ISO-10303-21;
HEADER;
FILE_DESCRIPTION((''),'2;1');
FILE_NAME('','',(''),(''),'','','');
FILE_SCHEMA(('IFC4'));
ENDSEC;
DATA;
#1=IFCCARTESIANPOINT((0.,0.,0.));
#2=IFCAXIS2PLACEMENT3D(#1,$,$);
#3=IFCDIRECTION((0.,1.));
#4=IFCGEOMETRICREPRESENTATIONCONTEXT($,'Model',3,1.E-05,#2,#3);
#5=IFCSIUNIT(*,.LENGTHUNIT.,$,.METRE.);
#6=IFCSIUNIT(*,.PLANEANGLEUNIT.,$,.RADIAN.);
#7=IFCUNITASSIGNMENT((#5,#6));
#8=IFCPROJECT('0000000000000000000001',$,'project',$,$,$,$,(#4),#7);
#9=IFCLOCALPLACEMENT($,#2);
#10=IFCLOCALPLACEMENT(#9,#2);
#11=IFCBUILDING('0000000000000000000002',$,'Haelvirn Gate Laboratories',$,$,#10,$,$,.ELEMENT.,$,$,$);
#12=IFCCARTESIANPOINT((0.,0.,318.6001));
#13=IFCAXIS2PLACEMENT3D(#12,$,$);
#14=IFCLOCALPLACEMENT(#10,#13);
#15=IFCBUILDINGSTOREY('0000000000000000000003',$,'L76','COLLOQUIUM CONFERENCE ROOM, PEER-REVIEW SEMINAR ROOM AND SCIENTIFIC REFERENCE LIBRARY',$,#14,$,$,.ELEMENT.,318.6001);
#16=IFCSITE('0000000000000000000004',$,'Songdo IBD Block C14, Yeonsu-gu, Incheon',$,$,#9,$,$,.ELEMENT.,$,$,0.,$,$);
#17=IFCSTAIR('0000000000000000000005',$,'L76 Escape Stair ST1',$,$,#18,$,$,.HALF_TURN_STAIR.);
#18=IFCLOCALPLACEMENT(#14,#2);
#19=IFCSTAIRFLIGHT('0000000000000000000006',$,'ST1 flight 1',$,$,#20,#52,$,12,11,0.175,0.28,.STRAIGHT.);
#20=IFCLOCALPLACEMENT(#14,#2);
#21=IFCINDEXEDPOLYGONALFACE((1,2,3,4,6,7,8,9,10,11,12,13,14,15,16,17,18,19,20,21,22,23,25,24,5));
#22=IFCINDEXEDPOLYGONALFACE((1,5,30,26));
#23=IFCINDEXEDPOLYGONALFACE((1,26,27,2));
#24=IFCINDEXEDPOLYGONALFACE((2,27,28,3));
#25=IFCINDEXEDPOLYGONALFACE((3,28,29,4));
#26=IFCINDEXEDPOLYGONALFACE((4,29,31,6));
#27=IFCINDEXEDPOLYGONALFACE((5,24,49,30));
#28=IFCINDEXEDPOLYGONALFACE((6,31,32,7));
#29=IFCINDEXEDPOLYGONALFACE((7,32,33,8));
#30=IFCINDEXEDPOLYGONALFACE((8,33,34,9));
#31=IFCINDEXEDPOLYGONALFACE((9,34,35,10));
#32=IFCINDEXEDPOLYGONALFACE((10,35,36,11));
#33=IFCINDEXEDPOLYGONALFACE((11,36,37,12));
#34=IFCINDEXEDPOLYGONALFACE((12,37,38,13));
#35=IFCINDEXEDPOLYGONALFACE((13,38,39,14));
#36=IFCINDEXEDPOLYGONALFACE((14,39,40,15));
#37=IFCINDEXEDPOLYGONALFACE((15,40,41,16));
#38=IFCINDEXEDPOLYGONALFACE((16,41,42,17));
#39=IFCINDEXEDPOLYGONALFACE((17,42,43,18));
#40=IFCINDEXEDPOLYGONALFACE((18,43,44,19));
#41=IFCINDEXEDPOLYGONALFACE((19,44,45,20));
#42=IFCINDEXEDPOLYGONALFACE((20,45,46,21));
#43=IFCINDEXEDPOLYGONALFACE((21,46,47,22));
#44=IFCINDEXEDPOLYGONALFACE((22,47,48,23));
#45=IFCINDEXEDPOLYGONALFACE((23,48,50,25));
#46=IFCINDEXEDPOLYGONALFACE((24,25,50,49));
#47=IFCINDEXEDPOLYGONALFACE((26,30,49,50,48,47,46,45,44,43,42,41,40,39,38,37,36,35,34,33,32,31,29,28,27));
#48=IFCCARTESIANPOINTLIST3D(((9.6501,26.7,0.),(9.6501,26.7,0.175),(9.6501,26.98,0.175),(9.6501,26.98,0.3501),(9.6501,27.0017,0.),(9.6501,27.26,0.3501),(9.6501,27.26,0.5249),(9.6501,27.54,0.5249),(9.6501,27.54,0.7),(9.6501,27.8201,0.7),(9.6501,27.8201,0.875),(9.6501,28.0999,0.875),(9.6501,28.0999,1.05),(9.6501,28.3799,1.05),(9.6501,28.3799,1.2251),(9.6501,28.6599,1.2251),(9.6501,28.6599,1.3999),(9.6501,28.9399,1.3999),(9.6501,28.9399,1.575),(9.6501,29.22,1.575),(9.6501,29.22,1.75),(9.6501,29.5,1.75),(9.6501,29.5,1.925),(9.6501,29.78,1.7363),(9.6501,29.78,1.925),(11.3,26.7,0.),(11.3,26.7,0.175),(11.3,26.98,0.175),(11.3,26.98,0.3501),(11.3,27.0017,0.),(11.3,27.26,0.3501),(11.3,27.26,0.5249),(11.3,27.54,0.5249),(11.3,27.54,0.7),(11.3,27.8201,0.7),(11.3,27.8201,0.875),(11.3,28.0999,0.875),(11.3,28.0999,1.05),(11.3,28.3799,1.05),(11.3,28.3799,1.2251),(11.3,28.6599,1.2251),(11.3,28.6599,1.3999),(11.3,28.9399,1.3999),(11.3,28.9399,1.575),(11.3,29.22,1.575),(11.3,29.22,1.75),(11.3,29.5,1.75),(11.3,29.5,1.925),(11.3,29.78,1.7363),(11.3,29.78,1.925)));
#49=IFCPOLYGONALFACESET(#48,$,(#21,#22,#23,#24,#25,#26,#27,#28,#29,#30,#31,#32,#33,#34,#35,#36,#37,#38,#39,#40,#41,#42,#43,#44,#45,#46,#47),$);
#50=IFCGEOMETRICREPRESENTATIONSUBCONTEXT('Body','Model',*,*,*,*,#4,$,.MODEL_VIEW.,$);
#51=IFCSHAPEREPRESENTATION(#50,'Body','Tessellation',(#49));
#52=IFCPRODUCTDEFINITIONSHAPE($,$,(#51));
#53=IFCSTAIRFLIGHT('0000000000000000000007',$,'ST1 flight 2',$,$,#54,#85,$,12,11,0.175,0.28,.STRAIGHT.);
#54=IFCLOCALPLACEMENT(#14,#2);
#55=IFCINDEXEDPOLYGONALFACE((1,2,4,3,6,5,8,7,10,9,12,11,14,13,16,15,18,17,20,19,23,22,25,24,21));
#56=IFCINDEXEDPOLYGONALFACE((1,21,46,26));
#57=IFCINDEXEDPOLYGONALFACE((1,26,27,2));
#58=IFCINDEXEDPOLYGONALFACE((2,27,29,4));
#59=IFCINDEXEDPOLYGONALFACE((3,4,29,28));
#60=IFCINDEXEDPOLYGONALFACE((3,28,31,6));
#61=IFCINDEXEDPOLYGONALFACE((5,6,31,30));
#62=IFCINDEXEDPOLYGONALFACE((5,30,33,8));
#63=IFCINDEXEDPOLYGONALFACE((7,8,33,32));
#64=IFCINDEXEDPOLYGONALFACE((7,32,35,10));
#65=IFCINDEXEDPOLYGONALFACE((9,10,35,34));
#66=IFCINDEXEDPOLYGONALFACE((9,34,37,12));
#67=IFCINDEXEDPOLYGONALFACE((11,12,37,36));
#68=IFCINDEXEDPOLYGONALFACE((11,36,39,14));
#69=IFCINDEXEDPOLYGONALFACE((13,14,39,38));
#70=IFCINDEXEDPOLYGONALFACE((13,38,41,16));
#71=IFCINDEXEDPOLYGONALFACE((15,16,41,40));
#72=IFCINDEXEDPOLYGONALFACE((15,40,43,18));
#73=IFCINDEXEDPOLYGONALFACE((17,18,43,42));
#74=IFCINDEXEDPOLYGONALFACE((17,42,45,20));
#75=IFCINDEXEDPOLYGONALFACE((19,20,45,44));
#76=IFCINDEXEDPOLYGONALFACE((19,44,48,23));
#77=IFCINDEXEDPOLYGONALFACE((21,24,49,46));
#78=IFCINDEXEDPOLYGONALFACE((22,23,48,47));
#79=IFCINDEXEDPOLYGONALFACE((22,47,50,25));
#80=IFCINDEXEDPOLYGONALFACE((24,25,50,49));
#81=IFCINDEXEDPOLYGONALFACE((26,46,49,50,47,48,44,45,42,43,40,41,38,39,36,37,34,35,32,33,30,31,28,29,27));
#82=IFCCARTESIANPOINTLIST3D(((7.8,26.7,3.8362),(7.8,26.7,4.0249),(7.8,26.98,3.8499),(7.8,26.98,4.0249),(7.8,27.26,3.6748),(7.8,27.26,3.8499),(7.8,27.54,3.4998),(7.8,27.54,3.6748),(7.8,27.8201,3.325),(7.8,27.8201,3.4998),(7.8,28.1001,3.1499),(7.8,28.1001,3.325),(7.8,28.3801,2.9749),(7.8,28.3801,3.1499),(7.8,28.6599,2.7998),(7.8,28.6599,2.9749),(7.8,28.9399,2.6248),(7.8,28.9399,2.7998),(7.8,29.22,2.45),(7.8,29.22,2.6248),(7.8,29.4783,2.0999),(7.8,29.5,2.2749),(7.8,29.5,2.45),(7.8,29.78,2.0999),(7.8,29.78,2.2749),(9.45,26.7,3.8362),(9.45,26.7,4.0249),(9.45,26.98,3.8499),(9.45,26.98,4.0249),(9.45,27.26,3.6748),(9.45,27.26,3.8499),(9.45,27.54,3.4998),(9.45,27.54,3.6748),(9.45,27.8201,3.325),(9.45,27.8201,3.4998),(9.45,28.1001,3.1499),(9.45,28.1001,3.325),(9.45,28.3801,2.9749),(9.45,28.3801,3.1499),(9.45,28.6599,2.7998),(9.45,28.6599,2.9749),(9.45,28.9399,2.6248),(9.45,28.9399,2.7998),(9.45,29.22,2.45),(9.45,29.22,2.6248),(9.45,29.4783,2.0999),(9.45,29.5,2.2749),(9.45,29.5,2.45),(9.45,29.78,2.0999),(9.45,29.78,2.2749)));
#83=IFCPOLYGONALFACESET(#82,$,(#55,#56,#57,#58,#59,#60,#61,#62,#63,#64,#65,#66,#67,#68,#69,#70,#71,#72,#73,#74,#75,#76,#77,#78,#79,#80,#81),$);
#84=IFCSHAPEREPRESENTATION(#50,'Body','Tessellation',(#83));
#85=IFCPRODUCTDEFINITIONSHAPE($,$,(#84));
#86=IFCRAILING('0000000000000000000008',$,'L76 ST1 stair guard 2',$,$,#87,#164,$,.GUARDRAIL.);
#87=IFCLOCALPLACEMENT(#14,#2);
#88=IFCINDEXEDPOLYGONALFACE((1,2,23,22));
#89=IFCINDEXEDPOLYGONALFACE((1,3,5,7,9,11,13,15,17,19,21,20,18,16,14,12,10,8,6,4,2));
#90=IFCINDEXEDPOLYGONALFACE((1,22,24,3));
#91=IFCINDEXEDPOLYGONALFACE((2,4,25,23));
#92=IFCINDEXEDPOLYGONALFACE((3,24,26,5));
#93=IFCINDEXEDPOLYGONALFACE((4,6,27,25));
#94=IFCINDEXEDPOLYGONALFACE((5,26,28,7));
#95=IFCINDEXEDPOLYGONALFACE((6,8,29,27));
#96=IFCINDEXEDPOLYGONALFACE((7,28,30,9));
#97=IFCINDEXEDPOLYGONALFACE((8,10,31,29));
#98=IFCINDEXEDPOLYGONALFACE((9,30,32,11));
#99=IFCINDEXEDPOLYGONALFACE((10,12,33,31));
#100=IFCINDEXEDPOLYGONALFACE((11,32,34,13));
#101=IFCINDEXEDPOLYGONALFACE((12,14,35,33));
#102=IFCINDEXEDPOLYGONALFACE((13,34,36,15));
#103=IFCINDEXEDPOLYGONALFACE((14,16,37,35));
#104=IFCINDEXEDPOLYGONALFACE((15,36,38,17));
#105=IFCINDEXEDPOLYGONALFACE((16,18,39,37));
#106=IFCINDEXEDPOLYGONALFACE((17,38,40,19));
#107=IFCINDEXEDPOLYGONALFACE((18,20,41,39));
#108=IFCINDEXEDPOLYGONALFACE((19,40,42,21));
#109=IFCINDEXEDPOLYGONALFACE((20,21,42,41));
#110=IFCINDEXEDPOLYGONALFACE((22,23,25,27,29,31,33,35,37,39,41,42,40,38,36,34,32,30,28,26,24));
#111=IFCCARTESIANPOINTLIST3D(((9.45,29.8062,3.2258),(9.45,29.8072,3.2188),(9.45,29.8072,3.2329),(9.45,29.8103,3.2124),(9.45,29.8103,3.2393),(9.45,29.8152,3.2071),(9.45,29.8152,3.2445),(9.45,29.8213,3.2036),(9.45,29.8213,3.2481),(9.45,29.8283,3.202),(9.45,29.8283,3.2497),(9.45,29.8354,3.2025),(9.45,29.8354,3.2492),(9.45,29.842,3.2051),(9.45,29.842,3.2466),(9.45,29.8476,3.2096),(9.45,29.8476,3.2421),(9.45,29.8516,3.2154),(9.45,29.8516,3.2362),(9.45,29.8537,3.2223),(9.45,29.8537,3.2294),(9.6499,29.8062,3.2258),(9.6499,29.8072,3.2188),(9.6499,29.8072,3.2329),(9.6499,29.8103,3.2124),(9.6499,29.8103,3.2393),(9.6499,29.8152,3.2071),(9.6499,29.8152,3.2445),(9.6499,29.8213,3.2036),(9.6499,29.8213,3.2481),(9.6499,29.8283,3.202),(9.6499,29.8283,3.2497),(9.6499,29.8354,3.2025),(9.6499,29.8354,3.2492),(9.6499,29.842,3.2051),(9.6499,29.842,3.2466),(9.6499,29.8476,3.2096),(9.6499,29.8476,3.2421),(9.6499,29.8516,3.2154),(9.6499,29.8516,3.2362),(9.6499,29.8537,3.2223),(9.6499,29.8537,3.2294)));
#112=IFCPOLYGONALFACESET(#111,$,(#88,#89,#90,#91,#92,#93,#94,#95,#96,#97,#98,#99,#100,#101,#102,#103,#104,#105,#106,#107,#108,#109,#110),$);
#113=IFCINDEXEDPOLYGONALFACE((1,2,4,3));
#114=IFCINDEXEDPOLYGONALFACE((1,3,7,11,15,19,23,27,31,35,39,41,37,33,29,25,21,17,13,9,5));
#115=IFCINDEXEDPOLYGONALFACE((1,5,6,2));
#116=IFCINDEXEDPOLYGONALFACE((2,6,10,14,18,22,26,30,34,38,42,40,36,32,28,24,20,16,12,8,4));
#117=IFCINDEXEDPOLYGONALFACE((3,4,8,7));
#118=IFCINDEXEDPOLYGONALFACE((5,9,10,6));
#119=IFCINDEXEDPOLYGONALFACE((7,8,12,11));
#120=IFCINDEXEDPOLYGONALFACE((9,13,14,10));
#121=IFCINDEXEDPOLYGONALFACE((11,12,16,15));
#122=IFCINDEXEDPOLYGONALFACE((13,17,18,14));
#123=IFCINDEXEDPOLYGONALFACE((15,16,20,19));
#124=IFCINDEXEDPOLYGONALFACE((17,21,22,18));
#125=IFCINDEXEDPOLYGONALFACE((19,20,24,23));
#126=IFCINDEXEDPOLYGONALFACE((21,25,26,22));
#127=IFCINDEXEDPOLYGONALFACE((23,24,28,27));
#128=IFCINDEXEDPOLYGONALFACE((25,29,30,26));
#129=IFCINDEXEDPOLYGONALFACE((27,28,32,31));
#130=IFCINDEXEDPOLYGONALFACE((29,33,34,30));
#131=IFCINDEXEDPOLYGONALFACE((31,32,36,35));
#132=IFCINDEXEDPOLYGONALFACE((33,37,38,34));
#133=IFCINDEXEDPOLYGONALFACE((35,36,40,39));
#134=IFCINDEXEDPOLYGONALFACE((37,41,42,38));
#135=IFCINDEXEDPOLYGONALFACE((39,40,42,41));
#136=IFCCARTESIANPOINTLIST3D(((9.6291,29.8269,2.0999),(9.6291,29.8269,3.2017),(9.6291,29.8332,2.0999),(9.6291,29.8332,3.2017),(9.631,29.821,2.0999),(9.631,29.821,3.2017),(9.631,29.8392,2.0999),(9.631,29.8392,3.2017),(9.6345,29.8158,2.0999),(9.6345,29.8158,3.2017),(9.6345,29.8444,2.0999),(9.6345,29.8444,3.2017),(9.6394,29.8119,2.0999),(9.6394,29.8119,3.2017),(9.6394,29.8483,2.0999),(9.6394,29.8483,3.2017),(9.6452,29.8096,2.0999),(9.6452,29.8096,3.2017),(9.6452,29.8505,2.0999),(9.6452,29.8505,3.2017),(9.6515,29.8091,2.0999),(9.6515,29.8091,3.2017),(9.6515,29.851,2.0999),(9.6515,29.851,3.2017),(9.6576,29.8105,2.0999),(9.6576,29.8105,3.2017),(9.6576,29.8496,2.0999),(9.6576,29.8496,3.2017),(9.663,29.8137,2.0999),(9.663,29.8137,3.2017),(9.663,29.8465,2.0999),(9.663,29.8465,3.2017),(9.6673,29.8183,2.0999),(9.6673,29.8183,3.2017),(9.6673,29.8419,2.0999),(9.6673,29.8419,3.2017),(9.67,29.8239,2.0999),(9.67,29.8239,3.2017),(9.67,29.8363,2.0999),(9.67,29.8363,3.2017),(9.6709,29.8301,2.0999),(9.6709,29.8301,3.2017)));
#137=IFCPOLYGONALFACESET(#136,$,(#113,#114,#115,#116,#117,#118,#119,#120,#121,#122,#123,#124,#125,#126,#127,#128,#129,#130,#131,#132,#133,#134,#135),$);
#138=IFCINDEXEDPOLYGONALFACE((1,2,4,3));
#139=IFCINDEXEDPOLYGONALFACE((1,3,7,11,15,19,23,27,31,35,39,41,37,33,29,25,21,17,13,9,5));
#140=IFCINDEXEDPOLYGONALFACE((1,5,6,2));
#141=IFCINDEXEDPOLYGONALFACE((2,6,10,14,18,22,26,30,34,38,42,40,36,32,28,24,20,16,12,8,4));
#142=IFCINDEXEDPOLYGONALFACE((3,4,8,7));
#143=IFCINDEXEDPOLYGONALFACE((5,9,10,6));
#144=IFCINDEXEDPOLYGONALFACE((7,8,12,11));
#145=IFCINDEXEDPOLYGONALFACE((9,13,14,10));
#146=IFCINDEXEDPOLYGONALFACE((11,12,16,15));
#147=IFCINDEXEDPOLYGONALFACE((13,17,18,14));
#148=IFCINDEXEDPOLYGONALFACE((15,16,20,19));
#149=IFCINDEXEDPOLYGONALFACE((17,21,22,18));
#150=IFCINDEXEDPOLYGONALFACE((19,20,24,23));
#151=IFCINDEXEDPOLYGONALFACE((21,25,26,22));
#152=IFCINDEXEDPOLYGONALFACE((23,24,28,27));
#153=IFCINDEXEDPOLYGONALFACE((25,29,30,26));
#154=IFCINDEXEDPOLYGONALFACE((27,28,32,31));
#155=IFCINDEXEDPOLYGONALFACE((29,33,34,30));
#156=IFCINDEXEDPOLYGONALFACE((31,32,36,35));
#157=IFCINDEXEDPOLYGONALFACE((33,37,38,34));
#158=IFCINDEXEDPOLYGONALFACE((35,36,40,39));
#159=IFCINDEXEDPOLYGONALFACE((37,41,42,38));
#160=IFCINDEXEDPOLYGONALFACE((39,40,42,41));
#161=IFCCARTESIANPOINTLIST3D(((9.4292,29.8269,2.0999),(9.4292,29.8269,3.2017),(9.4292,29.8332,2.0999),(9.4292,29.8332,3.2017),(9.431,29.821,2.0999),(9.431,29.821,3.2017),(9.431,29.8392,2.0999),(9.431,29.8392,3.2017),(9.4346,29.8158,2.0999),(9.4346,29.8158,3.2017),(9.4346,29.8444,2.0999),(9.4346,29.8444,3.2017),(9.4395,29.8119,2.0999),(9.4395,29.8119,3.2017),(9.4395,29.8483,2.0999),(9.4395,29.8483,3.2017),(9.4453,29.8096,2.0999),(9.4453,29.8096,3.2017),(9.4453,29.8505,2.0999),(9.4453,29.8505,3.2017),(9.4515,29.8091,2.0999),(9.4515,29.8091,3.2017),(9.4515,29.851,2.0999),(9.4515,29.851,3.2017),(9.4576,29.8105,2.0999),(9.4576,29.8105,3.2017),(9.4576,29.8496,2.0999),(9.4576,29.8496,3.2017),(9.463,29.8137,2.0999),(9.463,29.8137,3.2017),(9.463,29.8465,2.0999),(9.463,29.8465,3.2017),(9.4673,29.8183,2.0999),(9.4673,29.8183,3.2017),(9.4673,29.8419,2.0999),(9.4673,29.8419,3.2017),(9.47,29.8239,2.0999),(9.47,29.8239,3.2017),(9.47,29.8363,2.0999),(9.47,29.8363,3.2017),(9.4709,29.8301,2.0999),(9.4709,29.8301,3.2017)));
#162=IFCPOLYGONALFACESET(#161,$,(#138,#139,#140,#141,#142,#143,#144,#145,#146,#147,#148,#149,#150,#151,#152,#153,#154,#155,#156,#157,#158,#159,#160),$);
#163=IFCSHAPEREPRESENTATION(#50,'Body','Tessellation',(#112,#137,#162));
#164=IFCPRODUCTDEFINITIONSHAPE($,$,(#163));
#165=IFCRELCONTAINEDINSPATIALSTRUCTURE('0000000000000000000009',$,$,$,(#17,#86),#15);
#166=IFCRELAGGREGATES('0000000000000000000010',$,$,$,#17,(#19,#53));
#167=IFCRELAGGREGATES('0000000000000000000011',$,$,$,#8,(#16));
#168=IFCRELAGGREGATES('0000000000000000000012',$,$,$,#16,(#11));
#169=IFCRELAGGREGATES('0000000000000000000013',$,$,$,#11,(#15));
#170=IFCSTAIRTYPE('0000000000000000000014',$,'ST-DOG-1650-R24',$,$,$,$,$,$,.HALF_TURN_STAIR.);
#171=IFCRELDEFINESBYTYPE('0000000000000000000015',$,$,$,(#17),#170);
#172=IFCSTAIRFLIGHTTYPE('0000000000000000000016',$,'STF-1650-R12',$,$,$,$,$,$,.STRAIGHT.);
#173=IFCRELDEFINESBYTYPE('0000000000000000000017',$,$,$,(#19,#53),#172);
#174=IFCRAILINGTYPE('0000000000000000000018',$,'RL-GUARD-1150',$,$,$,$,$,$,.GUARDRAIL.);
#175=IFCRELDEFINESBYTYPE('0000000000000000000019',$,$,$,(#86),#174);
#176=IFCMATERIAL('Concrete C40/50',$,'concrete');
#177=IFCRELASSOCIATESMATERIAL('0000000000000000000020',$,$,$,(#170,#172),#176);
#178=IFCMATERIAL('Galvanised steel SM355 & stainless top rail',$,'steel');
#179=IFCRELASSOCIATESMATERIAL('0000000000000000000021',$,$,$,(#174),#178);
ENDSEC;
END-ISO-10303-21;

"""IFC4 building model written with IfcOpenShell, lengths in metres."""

from ifc_helpers import new_model, si_unit, direction, frame, origin, origin_2d, place, context, subcontext, project, spatial, polyline, circle, outline, extrude, source, transform, mapped, material, type_object, type_shapes, element, aggregate, save


model = new_model("IFC4")

# Units and contexts
model_context = context("Model", 3, precision=1e-05, world=origin(), true_north=direction((0.0, 1.0)))
body_context = subcontext(model_context, "Body", "Model", "MODEL_VIEW")
ifc_project = project(units=[si_unit("LENGTHUNIT", "METRE"), si_unit("PLANEANGLEUNIT", "RADIAN")], contexts=[model_context])

# Site, building, storey
site_placement = place(None, origin())
site = spatial("IfcSite", under=ifc_project, at=site_placement, Name="Songdo IBD Block C14, Yeonsu-gu, Incheon", CompositionType="ELEMENT", RefElevation=0.0)
building_placement = place(site_placement, origin())
building = spatial("IfcBuilding", under=site, at=building_placement, Name="Haelvirn Gate Laboratories", CompositionType="ELEMENT")
storey_placement = place(building_placement, frame((0.0, 0.0, 318.6001)))
storey = spatial("IfcBuildingStorey", under=building, at=storey_placement, Name="L76", Description="COLLOQUIUM CONFERENCE ROOM, PEER-REVIEW SEMINAR ROOM AND SCIENTIFIC REFERENCE LIBRARY", CompositionType="ELEMENT", Elevation=318.6001)

# Shared definitions
ifc_material_1 = material(Name="Concrete C40/50", Category="concrete")

# Stair, stair flights
stair_type = type_object("IfcStairType", Name="ST-DOG-1650-R24", PredefinedType="HALF_TURN_STAIR", material=ifc_material_1)
stair_placement = place(storey_placement, origin())
stair = element("IfcStair", 1, at=stair_placement, inside=storey, type_object=stair_type, Name="L76 Escape Stair ST1", PredefinedType="HALF_TURN_STAIR")
stair_flight_type = type_object("IfcStairFlightType", Name="STF-1650-R12", PredefinedType="STRAIGHT", material=ifc_material_1)
shared_shape_1 = source(origin(), body_context, "Body", "SweptSolid", [
    extrude(outline(polyline([(0.0, 0.0), (0.0, 0.175), (0.28, 0.175), (0.28, 0.3501), (0.5601, 0.3501), (0.5601, 0.5249), (0.8401, 0.5249), (0.8401, 0.7), (1.1201, 0.7), (1.1201, 0.875), (1.3999, 0.875), (1.3999, 1.05), (1.6799, 1.05), (1.6799, 1.2251), (1.96, 1.2251), (1.96, 1.3999), (2.24, 1.3999), (2.24, 1.575), (2.52, 1.575), (2.52, 1.75), (2.8, 1.75), (2.8, 1.925), (3.0801, 1.925), (3.0801, 2.1001), (3.0801, 1.7363), (0.3018, 0.0), (0.0, 0.0)])), frame((0.0, 0.825, 0.0), z_axis=(0.0, -1.0, 0.0), x_axis=(1.0, 0.0, 0.0)), (0.0, 0.0, 1.0), 1.6499),
])
type_shapes(stair_flight_type, [shared_shape_1])
stair_flight_1_placement = place(storey_placement, frame((10.4751, 26.7, 0.0), z_axis=(0.0, 0.0, 1.0), x_axis=(0.0, 1.0, 0.0)))
stair_flight_1 = element("IfcStairFlight", 2, at=stair_flight_1_placement, type_object=stair_flight_type, Name="ST1 flight 1", NumberOfRisers=12, NumberOfTreads=11, PredefinedType="STRAIGHT", RiserHeight=0.175, TreadLength=0.28, context=body_context, shape_type="MappedRepresentation", body=[
    mapped(shared_shape_1, transform((0.0, 0.0, 0.0), scale=1.0)),
])
stair_flight_2_placement = place(storey_placement, frame((8.625, 29.78, 2.0999), z_axis=(0.0, 0.0, 1.0), x_axis=(0.0, -1.0, 0.0)))
stair_flight_2 = element("IfcStairFlight", 3, at=stair_flight_2_placement, type_object=stair_flight_type, Name="ST1 flight 2", NumberOfRisers=12, NumberOfTreads=11, PredefinedType="STRAIGHT", RiserHeight=0.175, TreadLength=0.28, context=body_context, shape_type="MappedRepresentation", body=[
    mapped(shared_shape_1, transform((0.0, 0.0, 0.0), scale=1.0)),
])
aggregate(stair, [stair_flight_1, stair_flight_2])

# Railing
ifc_material_2 = material(Name="Galvanised steel SM355 & stainless top rail", Category="steel")
railing_type_1 = type_object("IfcRailingType", Name="RL-GUARD-1150", PredefinedType="GUARDRAIL", material=ifc_material_2)
shared_shape_2 = source(origin(), body_context, "Body", "SweptSolid", [
    extrude(circle(Radius=0.0239, at=origin_2d()), frame((0.0, 0.0, 1.126), z_axis=(-1.0, 0.0, 0.0), x_axis=(0.0, -1.0, 0.0)), (0.0, 0.0, 1.0), 0.2),
    extrude(circle(Radius=0.021, at=origin_2d()), origin(), (0.0, 0.0, 1.0), 1.1018),
    extrude(circle(Radius=0.021, at=origin_2d()), frame((-0.2, 0.0, 0.0)), (0.0, 0.0, 1.0), 1.1018),
])
for number, where, name in (
    (4, (9.6499, 29.8301, 2.0999), "L76 ST1 stair guard 2"),
):
    element("IfcRailing", number, at=place(storey_placement, frame(where)), inside=storey, type_object=railing_type_1, Name=name, PredefinedType="GUARDRAIL", context=body_context, shape_type="MappedRepresentation", body=[
        mapped(shared_shape_2, transform((0.0, 0.0, 0.0), scale=1.0)),
    ])

save(model, "model.ifc")
